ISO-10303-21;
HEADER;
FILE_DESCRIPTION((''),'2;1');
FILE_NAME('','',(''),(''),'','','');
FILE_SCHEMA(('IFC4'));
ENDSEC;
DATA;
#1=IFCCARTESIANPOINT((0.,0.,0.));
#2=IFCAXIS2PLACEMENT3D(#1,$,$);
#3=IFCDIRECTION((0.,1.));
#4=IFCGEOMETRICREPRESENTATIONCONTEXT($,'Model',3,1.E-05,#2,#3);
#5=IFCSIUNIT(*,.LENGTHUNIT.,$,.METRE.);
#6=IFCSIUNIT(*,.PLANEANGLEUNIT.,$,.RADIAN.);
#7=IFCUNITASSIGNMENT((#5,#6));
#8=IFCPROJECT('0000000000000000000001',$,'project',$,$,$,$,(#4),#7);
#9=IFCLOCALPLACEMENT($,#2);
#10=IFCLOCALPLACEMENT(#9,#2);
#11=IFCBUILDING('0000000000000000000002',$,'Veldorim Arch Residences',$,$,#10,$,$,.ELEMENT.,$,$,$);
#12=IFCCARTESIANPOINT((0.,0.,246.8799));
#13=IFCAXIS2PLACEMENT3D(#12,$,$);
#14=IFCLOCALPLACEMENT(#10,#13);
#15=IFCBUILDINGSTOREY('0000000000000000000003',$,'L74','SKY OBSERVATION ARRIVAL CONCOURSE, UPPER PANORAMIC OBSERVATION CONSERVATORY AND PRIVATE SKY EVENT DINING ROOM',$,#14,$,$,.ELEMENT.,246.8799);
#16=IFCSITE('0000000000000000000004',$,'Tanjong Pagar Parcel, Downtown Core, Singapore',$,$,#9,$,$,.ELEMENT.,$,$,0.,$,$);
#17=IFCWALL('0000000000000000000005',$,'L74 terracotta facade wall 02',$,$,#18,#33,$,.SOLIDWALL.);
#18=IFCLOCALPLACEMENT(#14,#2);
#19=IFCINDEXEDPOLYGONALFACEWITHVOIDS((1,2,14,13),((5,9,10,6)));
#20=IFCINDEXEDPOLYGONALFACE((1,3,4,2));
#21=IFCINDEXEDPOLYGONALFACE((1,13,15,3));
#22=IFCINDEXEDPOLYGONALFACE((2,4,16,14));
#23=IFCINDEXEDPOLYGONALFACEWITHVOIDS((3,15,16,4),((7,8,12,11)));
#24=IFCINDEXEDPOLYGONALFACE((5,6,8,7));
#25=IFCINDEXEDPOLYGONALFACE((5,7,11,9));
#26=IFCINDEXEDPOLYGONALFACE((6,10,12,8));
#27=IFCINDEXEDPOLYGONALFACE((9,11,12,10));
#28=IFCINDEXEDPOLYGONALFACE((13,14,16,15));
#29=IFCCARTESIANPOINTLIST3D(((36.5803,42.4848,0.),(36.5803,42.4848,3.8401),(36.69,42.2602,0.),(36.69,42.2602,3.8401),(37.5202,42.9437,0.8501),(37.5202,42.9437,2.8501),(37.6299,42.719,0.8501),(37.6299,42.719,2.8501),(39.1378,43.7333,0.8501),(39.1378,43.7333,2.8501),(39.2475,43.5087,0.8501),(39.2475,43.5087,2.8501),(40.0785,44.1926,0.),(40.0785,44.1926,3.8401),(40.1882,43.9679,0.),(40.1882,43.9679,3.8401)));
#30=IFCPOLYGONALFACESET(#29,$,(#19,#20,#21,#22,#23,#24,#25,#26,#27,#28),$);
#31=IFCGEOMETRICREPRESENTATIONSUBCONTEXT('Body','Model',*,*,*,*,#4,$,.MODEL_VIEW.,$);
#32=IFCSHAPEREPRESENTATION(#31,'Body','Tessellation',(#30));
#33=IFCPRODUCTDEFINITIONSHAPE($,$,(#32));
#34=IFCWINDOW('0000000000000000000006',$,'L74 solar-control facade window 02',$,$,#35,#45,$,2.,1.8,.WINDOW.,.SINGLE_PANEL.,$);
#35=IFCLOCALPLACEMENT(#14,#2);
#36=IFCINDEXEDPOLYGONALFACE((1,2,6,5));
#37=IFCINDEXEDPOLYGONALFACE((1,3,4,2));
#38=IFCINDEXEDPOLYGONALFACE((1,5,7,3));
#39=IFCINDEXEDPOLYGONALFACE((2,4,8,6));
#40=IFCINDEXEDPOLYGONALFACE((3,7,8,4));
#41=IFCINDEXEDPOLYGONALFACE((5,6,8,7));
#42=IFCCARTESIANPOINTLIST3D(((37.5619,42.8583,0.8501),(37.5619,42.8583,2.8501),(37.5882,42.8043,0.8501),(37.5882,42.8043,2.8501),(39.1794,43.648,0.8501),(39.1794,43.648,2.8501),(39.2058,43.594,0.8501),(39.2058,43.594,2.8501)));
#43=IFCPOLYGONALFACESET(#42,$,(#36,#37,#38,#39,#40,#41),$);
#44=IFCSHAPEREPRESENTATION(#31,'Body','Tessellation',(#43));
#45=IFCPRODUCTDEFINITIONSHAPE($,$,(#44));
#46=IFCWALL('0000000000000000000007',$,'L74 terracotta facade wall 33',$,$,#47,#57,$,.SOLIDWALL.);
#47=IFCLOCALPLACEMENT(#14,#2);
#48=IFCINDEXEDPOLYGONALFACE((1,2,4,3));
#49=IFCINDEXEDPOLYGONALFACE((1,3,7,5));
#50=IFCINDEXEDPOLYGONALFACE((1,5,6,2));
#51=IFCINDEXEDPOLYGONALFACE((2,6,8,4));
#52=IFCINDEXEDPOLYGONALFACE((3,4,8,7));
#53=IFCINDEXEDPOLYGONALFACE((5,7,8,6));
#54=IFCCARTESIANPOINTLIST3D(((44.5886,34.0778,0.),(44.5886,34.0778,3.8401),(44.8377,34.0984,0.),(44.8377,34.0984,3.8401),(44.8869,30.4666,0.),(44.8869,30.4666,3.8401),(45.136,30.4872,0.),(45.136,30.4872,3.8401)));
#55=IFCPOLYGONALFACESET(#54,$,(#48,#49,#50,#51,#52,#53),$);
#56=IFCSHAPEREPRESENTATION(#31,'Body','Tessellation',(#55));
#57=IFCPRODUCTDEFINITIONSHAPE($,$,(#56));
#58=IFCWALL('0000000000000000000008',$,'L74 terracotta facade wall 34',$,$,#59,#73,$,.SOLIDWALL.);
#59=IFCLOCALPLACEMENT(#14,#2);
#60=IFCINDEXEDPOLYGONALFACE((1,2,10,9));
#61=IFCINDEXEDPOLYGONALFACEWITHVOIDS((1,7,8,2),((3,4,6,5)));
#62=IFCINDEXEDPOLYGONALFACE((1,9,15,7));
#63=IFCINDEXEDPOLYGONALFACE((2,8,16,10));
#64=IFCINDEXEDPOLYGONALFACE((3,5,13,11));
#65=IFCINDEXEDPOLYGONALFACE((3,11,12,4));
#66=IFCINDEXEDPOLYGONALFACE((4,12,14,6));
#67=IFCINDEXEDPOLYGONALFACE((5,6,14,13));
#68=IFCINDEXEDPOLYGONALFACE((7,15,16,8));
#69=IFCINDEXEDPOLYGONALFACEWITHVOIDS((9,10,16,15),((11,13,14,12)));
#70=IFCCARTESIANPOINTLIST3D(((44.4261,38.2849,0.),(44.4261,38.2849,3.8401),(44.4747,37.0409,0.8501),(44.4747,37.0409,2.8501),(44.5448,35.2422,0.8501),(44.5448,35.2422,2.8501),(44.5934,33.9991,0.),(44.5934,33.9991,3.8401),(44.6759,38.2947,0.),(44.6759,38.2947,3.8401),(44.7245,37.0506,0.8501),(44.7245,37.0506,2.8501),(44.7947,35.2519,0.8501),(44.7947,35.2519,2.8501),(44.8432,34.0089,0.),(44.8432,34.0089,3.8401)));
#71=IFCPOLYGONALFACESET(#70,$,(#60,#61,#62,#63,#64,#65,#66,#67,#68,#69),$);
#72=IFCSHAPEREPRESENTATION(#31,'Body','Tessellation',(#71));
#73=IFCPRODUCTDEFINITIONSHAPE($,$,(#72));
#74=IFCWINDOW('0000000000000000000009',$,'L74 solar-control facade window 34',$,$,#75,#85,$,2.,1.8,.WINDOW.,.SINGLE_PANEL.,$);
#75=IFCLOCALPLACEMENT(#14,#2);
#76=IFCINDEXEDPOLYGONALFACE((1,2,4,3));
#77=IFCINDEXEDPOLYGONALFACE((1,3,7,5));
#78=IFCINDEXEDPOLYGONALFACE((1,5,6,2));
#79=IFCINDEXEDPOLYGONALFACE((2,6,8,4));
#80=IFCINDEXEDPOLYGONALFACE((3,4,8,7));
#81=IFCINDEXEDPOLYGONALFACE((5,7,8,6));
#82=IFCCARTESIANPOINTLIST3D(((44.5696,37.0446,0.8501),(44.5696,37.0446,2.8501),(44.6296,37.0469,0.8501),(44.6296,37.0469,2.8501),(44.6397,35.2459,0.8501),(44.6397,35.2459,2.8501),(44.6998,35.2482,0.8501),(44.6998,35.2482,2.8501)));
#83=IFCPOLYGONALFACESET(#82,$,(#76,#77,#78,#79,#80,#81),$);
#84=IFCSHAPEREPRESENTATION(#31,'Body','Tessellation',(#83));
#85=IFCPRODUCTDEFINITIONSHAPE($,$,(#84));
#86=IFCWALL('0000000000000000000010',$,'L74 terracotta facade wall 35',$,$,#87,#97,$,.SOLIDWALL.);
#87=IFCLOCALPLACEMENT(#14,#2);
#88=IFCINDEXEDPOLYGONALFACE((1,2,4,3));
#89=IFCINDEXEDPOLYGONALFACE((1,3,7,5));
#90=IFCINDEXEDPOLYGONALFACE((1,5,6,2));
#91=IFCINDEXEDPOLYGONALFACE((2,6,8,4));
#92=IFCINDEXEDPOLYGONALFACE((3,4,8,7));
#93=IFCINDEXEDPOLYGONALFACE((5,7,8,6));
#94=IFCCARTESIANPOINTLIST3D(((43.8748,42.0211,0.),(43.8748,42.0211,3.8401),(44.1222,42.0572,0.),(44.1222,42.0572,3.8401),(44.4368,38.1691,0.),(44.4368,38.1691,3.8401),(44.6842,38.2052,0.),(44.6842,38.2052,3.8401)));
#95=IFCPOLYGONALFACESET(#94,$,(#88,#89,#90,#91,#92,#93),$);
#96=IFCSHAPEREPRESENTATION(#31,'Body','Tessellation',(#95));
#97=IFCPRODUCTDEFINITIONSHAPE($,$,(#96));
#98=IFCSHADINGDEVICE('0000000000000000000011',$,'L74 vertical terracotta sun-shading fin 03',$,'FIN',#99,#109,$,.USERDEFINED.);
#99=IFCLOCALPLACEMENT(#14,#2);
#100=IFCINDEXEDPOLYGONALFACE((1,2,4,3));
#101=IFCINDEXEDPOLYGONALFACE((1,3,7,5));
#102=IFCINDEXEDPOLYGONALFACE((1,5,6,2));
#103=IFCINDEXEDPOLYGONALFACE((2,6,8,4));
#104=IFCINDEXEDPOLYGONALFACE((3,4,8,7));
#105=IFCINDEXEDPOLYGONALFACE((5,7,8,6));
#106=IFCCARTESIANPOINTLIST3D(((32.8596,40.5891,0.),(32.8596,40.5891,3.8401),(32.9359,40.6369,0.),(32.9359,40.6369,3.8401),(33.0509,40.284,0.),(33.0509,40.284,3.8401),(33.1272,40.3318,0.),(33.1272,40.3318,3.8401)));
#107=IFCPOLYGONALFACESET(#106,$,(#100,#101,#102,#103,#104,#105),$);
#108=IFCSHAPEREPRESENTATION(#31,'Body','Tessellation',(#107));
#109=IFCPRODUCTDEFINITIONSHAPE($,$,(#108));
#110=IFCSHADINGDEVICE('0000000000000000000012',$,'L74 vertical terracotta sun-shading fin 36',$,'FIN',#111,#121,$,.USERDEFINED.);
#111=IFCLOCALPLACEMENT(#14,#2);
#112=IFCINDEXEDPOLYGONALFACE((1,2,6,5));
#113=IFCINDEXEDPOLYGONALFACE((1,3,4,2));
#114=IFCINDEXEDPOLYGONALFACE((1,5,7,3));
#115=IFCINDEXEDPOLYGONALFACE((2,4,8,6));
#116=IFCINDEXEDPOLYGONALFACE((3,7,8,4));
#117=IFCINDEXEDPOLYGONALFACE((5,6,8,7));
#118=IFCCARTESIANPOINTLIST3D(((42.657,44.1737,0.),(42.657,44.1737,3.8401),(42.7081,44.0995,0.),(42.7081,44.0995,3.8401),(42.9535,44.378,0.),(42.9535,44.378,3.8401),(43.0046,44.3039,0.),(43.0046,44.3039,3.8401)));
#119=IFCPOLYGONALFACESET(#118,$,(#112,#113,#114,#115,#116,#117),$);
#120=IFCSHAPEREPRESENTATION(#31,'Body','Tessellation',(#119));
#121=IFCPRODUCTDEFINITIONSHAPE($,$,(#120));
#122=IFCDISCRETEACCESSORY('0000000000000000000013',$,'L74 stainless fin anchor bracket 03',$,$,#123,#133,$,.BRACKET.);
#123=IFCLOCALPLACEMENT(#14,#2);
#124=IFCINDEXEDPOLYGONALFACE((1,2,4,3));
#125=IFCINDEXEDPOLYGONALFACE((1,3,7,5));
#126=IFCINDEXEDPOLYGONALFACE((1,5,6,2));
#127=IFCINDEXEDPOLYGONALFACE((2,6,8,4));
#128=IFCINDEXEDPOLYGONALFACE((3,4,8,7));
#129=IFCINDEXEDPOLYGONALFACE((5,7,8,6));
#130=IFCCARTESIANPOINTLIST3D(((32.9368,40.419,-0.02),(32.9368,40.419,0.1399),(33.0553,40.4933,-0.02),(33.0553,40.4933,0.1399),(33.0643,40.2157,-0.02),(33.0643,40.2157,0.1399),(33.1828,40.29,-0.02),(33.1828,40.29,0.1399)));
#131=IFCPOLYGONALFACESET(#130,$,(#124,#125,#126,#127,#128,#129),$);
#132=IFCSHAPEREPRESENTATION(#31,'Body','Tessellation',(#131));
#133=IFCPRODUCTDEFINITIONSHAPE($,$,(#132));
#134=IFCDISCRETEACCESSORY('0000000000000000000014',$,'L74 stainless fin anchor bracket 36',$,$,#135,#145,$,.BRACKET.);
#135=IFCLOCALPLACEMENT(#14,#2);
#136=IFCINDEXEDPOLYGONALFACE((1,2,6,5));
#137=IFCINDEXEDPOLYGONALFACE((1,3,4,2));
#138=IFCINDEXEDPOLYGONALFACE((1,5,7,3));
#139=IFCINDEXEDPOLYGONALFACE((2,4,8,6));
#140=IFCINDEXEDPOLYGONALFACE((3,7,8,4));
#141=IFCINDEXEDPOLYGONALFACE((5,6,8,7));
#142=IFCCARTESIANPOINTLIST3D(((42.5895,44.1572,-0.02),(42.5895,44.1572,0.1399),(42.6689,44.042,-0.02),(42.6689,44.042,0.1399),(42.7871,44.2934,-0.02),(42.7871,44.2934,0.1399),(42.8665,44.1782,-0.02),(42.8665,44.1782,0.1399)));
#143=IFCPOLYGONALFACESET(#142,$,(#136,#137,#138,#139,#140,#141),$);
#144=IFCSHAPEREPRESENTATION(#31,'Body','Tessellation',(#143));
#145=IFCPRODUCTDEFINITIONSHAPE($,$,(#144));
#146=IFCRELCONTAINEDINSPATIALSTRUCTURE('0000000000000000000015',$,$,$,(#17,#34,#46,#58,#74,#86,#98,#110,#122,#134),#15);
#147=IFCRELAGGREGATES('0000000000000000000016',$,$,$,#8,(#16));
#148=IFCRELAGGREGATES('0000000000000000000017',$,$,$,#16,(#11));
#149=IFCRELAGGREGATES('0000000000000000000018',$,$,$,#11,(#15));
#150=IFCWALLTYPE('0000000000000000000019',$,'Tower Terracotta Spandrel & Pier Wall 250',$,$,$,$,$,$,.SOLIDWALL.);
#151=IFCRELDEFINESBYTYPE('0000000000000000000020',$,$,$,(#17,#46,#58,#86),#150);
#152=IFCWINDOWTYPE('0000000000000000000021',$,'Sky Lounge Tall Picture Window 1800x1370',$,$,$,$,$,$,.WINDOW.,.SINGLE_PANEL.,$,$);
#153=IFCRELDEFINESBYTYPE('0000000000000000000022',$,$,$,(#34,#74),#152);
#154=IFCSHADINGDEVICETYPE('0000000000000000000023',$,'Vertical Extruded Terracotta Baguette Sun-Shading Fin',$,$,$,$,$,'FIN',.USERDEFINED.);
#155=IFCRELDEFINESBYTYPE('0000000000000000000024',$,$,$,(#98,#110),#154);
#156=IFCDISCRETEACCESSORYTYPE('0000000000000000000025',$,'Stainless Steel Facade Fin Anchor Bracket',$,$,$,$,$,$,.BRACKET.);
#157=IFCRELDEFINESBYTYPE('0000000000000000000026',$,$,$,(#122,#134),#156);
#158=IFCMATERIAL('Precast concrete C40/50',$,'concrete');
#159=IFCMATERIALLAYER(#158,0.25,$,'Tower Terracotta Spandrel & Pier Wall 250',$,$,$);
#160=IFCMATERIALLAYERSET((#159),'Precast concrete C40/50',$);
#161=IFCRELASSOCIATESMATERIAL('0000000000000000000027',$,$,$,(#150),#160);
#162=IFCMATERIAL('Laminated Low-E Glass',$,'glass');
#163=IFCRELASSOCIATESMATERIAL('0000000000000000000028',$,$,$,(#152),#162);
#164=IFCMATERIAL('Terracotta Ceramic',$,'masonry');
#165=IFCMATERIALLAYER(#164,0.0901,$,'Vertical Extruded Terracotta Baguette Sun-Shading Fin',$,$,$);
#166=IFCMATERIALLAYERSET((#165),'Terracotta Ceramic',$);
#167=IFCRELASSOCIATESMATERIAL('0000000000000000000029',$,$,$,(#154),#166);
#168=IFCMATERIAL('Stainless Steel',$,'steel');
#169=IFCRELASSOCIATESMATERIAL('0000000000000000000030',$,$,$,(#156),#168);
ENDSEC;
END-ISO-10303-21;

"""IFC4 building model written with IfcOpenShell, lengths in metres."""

from ifc_helpers import new_model, si_unit, direction, frame, frame_2d, origin, origin_2d, place, context, subcontext, project, spatial, rectangle, extrude, material, layer, layer_set, type_object, element, fill, save


model = new_model("IFC4")

# Units and contexts
model_context = context("Model", 3, precision=1e-05, world=origin(), true_north=direction((0.0, 1.0)))
body_context = subcontext(model_context, "Body", "Model", "MODEL_VIEW")
ifc_project = project(units=[si_unit("LENGTHUNIT", "METRE"), si_unit("PLANEANGLEUNIT", "RADIAN")], contexts=[model_context])

# Site, building, storey
site_placement = place(None, origin())
site = spatial("IfcSite", under=ifc_project, at=site_placement, Name="Tanjong Pagar Parcel, Downtown Core, Singapore", CompositionType="ELEMENT", RefElevation=0.0)
building_placement = place(site_placement, origin())
building = spatial("IfcBuilding", under=site, at=building_placement, Name="Veldorim Arch Residences", CompositionType="ELEMENT")
storey_placement = place(building_placement, frame((0.0, 0.0, 246.8799)))
storey = spatial("IfcBuildingStorey", under=building, at=storey_placement, Name="L74", Description="SKY OBSERVATION ARRIVAL CONCOURSE, UPPER PANORAMIC OBSERVATION CONSERVATORY AND PRIVATE SKY EVENT DINING ROOM", CompositionType="ELEMENT", Elevation=246.8799)

# Shared definitions
ifc_material_1 = material(Name="Precast concrete C40/50", Category="concrete")
ifc_layer_1 = layer(ifc_material_1, 0.25, Name="Tower Terracotta Spandrel & Pier Wall 250")
ifc_layer_set_1 = layer_set([ifc_layer_1], Name="Precast concrete C40/50")
wall_type_1 = type_object("IfcWallType", Name="Tower Terracotta Spandrel & Pier Wall 250", PredefinedType="SOLIDWALL", material=ifc_layer_set_1)

# Wall, opening, window
wall_1_placement = place(storey_placement, frame((36.6353, 42.3726, 0.0), z_axis=(0.0, 0.0, 1.0), x_axis=(0.898639, 0.438689, 0.0)))
wall_1 = element("IfcWall", 1, at=wall_1_placement, inside=storey, type_object=wall_type_1, Name="L74 terracotta facade wall 02", PredefinedType="SOLIDWALL", context=body_context, shape_type="SweptSolid", body=[
    extrude(rectangle(XDim=3.8928, YDim=0.25, at=frame_2d((1.9463, 0.0))), origin(), (0.0, 0.0, 1.0), 3.8401),
])
opening_1_placement = place(wall_1_placement, frame((1.0459, 0.0, 0.8501)))
opening_1 = element("IfcOpeningElement", 2, at=opening_1_placement, cuts=wall_1, PredefinedType="OPENING", context=body_context, shape_type="SweptSolid", body=[
    extrude(rectangle(XDim=1.8, YDim=2.0, at=frame_2d((0.8999, 1.0))), frame((0.0, 0.135, 0.0), z_axis=(0.0, -1.0, 0.0), x_axis=(1.0, 0.0, 0.0)), (0.0, 0.0, 1.0), 0.27),
])
ifc_material_2 = material(Name="Laminated Low-E Glass", Category="glass")
window_type = type_object("IfcWindowType", Name="Sky Lounge Tall Picture Window 1800x1370", PartitioningType="SINGLE_PANEL", PredefinedType="WINDOW", material=ifc_material_2)
window_1_placement = place(opening_1_placement, origin())
window_1 = element("IfcWindow", 3, at=window_1_placement, inside=storey, type_object=window_type, Name="L74 solar-control facade window 02", OverallHeight=2.0, OverallWidth=1.8, PartitioningType="SINGLE_PANEL", PredefinedType="WINDOW", context=body_context, shape_type="SweptSolid", body=[
    extrude(rectangle(XDim=1.8, YDim=2.0, at=frame_2d((0.8999, 1.0))), frame((0.0, 0.03, 0.0), z_axis=(0.0, -1.0, 0.0), x_axis=(1.0, 0.0, 0.0)), (0.0, 0.0, 1.0), 0.0601),
])
fill(opening_1, window_1)

# Wall
wall_2_placement = place(storey_placement, frame((44.7131, 34.0881, 0.0), z_axis=(0.0, 0.0, 1.0), x_axis=(0.082332, -0.996605, 0.0)))
element("IfcWall", 4, at=wall_2_placement, inside=storey, type_object=wall_type_1, Name="L74 terracotta facade wall 33", PredefinedType="SOLIDWALL", context=body_context, shape_type="SweptSolid", body=[
    extrude(rectangle(XDim=3.6235, YDim=0.25, at=frame_2d((1.8118, 0.0))), origin(), (0.0, 0.0, 1.0), 3.8401),
])

# Wall, opening, window
wall_3_placement = place(storey_placement, frame((44.551, 38.2898, 0.0), z_axis=(0.0, 0.0, 1.0), x_axis=(0.038991, -0.99924, 0.0)))
wall_3 = element("IfcWall", 5, at=wall_3_placement, inside=storey, type_object=wall_type_1, Name="L74 terracotta facade wall 34", PredefinedType="SOLIDWALL", context=body_context, shape_type="SweptSolid", body=[
    extrude(rectangle(XDim=4.2891, YDim=0.25, at=frame_2d((2.1445, 0.0))), origin(), (0.0, 0.0, 1.0), 3.8401),
])
opening_2_placement = place(wall_3_placement, frame((1.2451, 0.0, 0.8501)))
opening_2 = element("IfcOpeningElement", 6, at=opening_2_placement, cuts=wall_3, PredefinedType="OPENING", context=body_context, shape_type="SweptSolid", body=[
    extrude(rectangle(XDim=1.8, YDim=2.0, at=frame_2d((0.8999, 1.0))), frame((0.0, 0.135, 0.0), z_axis=(0.0, -1.0, 0.0), x_axis=(1.0, 0.0, 0.0)), (0.0, 0.0, 1.0), 0.27),
])
window_2_placement = place(opening_2_placement, origin())
window_2 = element("IfcWindow", 7, at=window_2_placement, inside=storey, type_object=window_type, Name="L74 solar-control facade window 34", OverallHeight=2.0, OverallWidth=1.8, PartitioningType="SINGLE_PANEL", PredefinedType="WINDOW", context=body_context, shape_type="SweptSolid", body=[
    extrude(rectangle(XDim=1.8, YDim=2.0, at=frame_2d((0.8999, 1.0))), frame((0.0, 0.03, 0.0), z_axis=(0.0, -1.0, 0.0), x_axis=(1.0, 0.0, 0.0)), (0.0, 0.0, 1.0), 0.0601),
])
fill(opening_2, window_2)

# Wall
wall_4_placement = place(storey_placement, frame((43.9985, 42.0391, 0.0), z_axis=(0.0, 0.0, 1.0), x_axis=(0.144371, -0.989524, 0.0)))
element("IfcWall", 8, at=wall_4_placement, inside=storey, type_object=wall_type_1, Name="L74 terracotta facade wall 35", PredefinedType="SOLIDWALL", context=body_context, shape_type="SweptSolid", body=[
    extrude(rectangle(XDim=3.8928, YDim=0.25, at=frame_2d((1.9463, 0.0))), origin(), (0.0, 0.0, 1.0), 3.8401),
])

# Shading devices
ifc_material_3 = material(Name="Terracotta Ceramic", Category="masonry")
ifc_layer_2 = layer(ifc_material_3, 0.0901, Name="Vertical Extruded Terracotta Baguette Sun-Shading Fin")
ifc_layer_set_2 = layer_set([ifc_layer_2], Name="Terracotta Ceramic")
shading_device_type = type_object("IfcShadingDeviceType", Name="Vertical Extruded Terracotta Baguette Sun-Shading Fin", ElementType="FIN", PredefinedType="USERDEFINED", material=ifc_layer_set_2)
for number, where, z_axis, x_axis, name in (
    (9, (32.9934, 40.4604, 0.0), (0.0, 0.0, 1.0), (0.847215, 0.531251, 0.0), "L74 vertical terracotta sun-shading fin 03"),
    (10, (42.8308, 44.2388, 0.0), (0.0, 0.0, 1.0), (0.567556, -0.823335, 0.0), "L74 vertical terracotta sun-shading fin 36"),
):
    element("IfcShadingDevice", number, at=place(storey_placement, frame(where, z_axis=z_axis, x_axis=x_axis)), inside=storey, type_object=shading_device_type, Name=name, ObjectType="FIN", PredefinedType="USERDEFINED", context=body_context, shape_type="SweptSolid", body=[
        extrude(rectangle(XDim=0.0901, YDim=0.3601, at=origin_2d()), origin(), (0.0, 0.0, 1.0), 3.8401),
    ])

# Discrete accessories
ifc_material_4 = material(Name="Stainless Steel", Category="steel")
discrete_accessory_type = type_object("IfcDiscreteAccessoryType", Name="Stainless Steel Facade Fin Anchor Bracket", PredefinedType="BRACKET", material=ifc_material_4)
for number, where, z_axis, x_axis, name in (
    (11, (33.0598, 40.3545, -0.02), (0.0, 0.0, 1.0), (0.847215, 0.531251, 0.0), "L74 stainless fin anchor bracket 03"),
    (12, (42.728, 44.1677, -0.02), (0.0, 0.0, 1.0), (0.567556, -0.823335, 0.0), "L74 stainless fin anchor bracket 36"),
):
    element("IfcDiscreteAccessory", number, at=place(storey_placement, frame(where, z_axis=z_axis, x_axis=x_axis)), inside=storey, type_object=discrete_accessory_type, Name=name, PredefinedType="BRACKET", context=body_context, shape_type="SweptSolid", body=[
        extrude(rectangle(XDim=0.1399, YDim=0.24, at=origin_2d()), origin(), (0.0, 0.0, 1.0), 0.1599),
    ])

save(model, "model.ifc")
